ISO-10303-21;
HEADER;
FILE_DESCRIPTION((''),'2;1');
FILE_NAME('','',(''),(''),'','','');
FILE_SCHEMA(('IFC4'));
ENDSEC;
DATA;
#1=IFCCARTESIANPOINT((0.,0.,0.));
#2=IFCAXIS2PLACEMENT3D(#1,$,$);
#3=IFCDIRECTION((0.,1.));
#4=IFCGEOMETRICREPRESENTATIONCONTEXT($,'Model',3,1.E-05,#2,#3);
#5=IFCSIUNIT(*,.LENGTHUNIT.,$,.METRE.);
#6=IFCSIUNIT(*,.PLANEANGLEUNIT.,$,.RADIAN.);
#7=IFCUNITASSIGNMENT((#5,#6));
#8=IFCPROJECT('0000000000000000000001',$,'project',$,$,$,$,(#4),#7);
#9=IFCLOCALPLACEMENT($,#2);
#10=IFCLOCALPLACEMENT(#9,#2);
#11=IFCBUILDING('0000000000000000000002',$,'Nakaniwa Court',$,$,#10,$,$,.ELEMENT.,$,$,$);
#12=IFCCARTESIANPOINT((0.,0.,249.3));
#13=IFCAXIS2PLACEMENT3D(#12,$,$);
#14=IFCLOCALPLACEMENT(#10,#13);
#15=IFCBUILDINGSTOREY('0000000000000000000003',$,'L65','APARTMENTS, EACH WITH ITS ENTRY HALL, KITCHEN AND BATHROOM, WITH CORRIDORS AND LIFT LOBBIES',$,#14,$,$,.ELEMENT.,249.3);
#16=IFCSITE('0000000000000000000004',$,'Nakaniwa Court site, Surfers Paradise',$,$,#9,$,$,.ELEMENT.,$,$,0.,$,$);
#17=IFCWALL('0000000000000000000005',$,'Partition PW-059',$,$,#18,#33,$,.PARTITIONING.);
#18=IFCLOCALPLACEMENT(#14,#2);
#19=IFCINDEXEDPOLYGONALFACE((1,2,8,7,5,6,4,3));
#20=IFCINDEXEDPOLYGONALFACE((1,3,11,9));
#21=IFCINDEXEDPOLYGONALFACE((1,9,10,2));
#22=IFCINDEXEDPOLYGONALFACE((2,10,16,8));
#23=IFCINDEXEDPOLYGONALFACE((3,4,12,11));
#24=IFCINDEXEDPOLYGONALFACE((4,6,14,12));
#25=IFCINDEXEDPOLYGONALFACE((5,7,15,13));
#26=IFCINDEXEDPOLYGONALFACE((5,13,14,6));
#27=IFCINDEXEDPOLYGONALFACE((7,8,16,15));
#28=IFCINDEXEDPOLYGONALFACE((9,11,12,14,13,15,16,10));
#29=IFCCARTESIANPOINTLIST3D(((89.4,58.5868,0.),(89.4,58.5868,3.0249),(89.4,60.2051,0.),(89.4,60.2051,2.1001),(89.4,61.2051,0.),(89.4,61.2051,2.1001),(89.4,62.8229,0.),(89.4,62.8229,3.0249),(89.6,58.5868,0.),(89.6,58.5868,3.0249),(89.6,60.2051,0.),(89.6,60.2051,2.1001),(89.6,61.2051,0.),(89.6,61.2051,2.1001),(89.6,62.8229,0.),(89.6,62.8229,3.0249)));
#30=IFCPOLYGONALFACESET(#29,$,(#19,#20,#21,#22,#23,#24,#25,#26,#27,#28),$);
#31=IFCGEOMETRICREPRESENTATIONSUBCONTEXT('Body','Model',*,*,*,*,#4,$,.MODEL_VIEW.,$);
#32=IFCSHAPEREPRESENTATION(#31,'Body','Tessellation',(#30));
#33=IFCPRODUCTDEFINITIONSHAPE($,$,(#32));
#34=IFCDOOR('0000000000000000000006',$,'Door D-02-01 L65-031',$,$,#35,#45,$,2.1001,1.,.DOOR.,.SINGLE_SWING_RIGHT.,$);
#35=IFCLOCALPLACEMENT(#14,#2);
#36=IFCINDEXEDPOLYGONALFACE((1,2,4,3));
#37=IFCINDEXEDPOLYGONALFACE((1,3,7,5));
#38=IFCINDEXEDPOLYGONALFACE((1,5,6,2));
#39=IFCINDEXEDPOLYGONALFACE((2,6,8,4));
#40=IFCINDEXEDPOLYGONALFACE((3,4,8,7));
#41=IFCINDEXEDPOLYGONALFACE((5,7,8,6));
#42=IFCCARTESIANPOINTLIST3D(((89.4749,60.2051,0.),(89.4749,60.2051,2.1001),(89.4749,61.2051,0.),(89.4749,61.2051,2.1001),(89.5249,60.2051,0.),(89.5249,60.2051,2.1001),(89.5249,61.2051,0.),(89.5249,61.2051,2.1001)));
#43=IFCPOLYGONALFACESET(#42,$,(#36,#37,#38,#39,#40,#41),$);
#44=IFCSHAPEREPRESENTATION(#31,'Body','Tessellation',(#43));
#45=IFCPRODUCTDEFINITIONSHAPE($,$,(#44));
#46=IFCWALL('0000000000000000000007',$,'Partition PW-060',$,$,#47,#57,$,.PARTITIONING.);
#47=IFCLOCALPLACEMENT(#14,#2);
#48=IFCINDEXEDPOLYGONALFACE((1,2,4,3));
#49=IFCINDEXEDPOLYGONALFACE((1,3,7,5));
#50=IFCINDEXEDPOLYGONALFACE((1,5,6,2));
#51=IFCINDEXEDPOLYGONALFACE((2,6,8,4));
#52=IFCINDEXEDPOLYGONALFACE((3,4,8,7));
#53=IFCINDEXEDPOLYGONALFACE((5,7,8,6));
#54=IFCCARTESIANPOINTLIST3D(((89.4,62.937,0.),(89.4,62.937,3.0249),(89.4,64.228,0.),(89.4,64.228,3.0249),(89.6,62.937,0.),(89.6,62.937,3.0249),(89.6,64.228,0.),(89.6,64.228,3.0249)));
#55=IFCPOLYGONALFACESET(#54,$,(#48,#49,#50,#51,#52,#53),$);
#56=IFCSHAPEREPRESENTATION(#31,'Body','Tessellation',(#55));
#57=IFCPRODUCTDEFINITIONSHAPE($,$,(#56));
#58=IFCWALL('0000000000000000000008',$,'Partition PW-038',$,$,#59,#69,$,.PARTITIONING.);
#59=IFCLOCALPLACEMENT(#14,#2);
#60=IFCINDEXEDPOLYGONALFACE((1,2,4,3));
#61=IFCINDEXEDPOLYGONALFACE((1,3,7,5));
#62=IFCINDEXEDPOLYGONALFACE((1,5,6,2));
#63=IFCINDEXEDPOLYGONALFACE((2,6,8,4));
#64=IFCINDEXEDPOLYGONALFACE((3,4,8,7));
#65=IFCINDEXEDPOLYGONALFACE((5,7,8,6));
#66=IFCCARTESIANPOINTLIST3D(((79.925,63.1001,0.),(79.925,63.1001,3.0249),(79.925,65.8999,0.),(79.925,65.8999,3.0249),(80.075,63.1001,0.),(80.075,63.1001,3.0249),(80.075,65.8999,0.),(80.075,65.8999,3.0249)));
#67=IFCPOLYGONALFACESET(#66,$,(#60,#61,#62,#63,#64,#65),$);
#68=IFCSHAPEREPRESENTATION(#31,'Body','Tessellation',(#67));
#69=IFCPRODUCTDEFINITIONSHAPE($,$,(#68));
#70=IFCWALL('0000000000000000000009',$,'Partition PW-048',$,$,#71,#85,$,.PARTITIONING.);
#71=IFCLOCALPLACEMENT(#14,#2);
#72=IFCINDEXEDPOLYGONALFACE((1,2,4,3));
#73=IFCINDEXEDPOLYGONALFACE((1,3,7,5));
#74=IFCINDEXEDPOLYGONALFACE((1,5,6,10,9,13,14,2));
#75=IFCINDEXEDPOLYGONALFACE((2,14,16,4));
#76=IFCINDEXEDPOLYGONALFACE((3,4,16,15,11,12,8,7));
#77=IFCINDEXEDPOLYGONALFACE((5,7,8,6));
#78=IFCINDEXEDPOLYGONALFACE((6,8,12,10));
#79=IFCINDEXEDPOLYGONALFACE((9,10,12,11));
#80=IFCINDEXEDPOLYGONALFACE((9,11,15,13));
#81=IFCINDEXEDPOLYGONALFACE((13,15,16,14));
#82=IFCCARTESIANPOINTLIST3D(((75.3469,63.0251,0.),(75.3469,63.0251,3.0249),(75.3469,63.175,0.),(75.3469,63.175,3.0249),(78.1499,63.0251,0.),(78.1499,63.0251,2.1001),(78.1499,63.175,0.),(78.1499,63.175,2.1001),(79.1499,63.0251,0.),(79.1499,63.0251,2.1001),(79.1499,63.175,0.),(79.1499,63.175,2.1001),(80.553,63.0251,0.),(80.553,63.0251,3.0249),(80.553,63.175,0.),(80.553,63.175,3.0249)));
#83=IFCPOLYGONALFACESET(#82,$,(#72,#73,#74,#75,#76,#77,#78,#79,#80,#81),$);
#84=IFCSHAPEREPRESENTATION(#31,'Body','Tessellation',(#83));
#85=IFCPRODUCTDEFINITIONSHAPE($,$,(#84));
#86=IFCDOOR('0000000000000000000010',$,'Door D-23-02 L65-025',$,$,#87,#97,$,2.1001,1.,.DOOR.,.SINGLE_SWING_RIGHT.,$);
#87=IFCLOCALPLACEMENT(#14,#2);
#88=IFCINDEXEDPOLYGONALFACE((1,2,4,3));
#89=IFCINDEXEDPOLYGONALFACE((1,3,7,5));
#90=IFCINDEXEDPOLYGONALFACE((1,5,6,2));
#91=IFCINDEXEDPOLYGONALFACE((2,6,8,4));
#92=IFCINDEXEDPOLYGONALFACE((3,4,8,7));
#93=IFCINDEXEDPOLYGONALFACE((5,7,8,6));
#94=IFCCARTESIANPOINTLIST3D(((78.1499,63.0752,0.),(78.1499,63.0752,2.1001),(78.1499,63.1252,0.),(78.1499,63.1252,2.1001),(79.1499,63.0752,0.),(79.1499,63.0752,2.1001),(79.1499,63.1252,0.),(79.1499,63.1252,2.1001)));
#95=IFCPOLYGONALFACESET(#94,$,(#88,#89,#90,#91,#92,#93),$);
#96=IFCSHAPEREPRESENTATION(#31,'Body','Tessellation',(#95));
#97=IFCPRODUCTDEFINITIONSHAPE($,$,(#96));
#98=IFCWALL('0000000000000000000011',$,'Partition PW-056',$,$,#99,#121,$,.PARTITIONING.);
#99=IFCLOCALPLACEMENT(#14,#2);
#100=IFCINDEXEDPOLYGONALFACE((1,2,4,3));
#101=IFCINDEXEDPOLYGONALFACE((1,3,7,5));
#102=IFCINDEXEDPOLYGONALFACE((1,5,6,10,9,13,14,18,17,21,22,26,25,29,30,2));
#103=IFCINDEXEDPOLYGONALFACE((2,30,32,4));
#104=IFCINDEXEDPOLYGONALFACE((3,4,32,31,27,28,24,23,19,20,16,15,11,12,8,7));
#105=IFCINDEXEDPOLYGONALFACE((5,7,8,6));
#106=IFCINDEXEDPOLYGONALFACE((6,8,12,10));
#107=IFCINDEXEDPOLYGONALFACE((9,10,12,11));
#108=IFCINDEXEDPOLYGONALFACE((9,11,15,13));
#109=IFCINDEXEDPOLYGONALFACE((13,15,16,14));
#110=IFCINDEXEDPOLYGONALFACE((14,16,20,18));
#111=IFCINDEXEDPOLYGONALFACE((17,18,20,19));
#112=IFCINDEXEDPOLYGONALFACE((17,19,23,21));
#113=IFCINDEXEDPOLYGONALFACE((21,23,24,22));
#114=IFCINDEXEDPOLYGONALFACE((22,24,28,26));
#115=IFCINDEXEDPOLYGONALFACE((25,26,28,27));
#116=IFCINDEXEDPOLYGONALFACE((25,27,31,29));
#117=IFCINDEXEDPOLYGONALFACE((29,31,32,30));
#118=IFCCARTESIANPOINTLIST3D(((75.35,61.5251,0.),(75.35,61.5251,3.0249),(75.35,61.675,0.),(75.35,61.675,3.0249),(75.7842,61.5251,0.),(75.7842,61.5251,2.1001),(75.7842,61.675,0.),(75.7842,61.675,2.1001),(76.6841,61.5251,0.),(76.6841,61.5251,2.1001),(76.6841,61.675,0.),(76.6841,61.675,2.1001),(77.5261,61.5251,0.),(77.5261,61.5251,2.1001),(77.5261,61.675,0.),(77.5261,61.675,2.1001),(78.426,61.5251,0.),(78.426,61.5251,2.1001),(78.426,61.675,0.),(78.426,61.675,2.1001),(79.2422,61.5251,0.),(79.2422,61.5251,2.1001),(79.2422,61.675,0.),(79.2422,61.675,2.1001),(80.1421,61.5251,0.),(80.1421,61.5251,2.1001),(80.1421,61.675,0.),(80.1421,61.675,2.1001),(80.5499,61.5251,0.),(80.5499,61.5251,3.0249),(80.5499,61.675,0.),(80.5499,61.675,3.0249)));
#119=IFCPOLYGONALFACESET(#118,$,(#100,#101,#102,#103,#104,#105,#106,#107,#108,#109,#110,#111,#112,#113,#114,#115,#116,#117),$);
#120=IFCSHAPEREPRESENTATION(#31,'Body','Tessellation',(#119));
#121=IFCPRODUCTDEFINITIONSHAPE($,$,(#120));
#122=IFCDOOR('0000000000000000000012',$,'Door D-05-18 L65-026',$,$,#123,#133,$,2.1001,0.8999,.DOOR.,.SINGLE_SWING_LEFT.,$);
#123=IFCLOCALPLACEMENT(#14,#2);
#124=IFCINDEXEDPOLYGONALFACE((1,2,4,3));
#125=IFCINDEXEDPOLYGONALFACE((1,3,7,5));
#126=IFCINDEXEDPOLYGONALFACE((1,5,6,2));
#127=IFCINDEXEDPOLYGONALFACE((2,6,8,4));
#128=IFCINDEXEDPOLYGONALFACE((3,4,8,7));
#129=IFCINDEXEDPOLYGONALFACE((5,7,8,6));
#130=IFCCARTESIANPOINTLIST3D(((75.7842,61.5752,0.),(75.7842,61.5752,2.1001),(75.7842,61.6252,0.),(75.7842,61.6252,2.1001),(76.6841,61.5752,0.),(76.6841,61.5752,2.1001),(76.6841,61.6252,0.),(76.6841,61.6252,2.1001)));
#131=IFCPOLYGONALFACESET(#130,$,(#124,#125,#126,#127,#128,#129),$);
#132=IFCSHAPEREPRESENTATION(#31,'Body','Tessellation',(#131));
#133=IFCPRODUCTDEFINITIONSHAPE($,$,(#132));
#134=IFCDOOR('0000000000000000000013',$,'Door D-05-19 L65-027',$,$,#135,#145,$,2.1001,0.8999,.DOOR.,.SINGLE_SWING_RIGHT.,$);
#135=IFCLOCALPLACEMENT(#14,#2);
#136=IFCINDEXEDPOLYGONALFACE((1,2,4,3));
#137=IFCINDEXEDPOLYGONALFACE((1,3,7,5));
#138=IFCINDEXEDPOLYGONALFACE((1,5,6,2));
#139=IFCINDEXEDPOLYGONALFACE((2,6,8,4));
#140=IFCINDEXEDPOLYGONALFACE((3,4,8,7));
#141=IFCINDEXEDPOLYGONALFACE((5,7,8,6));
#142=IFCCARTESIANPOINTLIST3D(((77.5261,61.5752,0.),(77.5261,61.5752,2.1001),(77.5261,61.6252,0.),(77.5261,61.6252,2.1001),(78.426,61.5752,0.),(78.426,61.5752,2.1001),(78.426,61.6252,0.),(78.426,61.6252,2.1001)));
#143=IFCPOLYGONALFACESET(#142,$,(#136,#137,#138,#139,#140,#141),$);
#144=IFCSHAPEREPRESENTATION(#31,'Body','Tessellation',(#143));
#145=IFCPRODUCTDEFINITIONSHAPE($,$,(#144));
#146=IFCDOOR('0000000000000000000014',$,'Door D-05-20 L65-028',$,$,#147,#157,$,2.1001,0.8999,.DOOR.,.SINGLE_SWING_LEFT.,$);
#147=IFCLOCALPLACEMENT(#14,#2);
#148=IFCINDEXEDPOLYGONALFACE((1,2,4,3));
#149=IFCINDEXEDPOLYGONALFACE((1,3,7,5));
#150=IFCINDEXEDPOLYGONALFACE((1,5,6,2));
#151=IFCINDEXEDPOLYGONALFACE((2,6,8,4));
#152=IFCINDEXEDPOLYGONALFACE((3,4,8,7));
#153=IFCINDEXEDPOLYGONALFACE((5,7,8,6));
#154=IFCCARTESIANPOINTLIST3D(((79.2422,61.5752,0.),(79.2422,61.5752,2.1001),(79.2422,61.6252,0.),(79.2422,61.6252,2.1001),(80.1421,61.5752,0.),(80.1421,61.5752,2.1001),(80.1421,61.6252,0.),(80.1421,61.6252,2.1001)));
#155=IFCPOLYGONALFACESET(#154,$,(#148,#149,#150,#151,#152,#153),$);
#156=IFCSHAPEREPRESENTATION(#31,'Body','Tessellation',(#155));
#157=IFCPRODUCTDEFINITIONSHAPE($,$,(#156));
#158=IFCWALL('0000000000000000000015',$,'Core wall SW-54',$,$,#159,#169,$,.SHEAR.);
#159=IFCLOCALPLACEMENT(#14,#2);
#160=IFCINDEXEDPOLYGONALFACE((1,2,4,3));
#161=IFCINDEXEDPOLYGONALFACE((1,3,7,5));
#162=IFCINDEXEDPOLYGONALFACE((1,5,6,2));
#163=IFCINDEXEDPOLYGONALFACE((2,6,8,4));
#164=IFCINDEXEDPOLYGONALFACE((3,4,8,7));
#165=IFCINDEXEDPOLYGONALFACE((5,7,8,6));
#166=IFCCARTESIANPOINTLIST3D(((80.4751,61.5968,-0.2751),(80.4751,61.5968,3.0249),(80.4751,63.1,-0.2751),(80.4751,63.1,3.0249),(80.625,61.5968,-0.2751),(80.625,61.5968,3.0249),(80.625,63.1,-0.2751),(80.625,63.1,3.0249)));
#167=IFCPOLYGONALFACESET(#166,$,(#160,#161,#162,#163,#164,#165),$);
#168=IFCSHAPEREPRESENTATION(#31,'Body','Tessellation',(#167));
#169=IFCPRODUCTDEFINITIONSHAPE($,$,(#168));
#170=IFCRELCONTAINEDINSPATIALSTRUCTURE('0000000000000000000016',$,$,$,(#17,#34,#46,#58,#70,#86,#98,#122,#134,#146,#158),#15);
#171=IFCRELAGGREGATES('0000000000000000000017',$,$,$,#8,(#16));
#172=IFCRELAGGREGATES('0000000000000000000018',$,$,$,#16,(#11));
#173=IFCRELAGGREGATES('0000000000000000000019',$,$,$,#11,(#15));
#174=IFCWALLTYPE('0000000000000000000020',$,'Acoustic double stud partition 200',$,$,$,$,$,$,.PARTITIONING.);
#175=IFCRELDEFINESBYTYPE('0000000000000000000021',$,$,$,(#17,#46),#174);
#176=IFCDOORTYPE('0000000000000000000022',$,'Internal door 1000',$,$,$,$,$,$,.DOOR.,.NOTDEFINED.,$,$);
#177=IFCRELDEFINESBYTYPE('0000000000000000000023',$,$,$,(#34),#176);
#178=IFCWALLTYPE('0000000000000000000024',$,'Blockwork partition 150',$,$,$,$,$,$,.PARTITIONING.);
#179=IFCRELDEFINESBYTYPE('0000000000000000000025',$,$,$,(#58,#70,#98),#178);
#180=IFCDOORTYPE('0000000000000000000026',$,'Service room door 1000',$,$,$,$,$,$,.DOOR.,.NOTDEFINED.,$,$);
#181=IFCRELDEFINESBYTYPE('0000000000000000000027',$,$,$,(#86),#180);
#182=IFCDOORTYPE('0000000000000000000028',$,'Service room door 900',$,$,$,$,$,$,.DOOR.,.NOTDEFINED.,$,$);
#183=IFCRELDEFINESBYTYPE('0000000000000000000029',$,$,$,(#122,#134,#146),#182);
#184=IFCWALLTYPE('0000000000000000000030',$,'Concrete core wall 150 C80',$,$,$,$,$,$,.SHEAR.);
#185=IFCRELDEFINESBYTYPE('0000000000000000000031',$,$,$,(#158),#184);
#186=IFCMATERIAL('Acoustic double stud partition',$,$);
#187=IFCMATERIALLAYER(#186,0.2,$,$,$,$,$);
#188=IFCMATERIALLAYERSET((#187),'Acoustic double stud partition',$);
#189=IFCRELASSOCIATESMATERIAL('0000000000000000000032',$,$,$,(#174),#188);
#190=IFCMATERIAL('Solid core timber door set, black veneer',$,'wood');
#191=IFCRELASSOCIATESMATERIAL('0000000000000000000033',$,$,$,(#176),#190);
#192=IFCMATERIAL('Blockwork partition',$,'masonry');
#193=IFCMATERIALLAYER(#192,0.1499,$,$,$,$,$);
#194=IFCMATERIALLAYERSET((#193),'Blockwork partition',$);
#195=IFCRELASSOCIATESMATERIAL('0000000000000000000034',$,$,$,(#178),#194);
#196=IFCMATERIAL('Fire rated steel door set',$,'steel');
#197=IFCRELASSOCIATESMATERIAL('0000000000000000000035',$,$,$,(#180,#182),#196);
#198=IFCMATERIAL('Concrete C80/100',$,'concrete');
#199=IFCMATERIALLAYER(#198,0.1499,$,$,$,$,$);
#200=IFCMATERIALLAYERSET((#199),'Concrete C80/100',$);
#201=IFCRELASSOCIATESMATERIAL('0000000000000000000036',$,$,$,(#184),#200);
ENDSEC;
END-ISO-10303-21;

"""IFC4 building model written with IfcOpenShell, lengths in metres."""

from ifc_helpers import new_model, si_unit, direction, frame, frame_2d, origin, place, context, subcontext, project, spatial, rectangle, extrude, material, layer, layer_set, type_object, element, fill, save


model = new_model("IFC4")

# Units and contexts
model_context = context("Model", 3, precision=1e-05, world=origin(), true_north=direction((0.0, 1.0)))
body_context = subcontext(model_context, "Body", "Model", "MODEL_VIEW")
ifc_project = project(units=[si_unit("LENGTHUNIT", "METRE"), si_unit("PLANEANGLEUNIT", "RADIAN")], contexts=[model_context])

# Site, building, storey
site_placement = place(None, origin())
site = spatial("IfcSite", under=ifc_project, at=site_placement, Name="Nakaniwa Court site, Surfers Paradise", CompositionType="ELEMENT", RefElevation=0.0)
building_placement = place(site_placement, origin())
building = spatial("IfcBuilding", under=site, at=building_placement, Name="Nakaniwa Court", CompositionType="ELEMENT")
storey_placement = place(building_placement, frame((0.0, 0.0, 249.3)))
storey = spatial("IfcBuildingStorey", under=building, at=storey_placement, Name="L65", Description="APARTMENTS, EACH WITH ITS ENTRY HALL, KITCHEN AND BATHROOM, WITH CORRIDORS AND LIFT LOBBIES", CompositionType="ELEMENT", Elevation=249.3)

# Wall, opening, door
ifc_material_1 = material(Name="Acoustic double stud partition")
ifc_layer_1 = layer(ifc_material_1, 0.2)
ifc_layer_set_1 = layer_set([ifc_layer_1], Name="Acoustic double stud partition")
wall_type_1 = type_object("IfcWallType", Name="Acoustic double stud partition 200", PredefinedType="PARTITIONING", material=ifc_layer_set_1)
wall_1_placement = place(storey_placement, frame((89.5, 62.823, 0.0), z_axis=(0.0, 0.0, 1.0), x_axis=(0.0, -1.0, 0.0)))
wall_1 = element("IfcWall", 1, at=wall_1_placement, inside=storey, type_object=wall_type_1, Name="Partition PW-059", PredefinedType="PARTITIONING", context=body_context, shape_type="SweptSolid", body=[
    extrude(rectangle(XDim=4.2361, YDim=0.2, at=frame_2d((2.1182, 0.0))), origin(), (0.0, 0.0, 1.0), 3.0249),
])
opening_1_placement = place(wall_1_placement, frame((1.6179, 0.0, 0.0)))
opening_1 = element("IfcOpeningElement", 2, at=opening_1_placement, cuts=wall_1, PredefinedType="OPENING", context=body_context, shape_type="SweptSolid", body=[
    extrude(rectangle(XDim=1.0, YDim=2.1001, at=frame_2d((0.5, 1.05))), frame((0.0, 0.1099, 0.0), z_axis=(0.0, -1.0, 0.0), x_axis=(1.0, 0.0, 0.0)), (0.0, 0.0, 1.0), 0.22),
])
ifc_material_2 = material(Name="Solid core timber door set, black veneer", Category="wood")
door_type_1 = type_object("IfcDoorType", Name="Internal door 1000", OperationType="NOTDEFINED", PredefinedType="DOOR", material=ifc_material_2)
door_1_placement = place(opening_1_placement, origin())
door_1 = element("IfcDoor", 3, at=door_1_placement, inside=storey, type_object=door_type_1, Name="Door D-02-01 L65-031", OperationType="SINGLE_SWING_RIGHT", OverallHeight=2.1001, OverallWidth=1.0, PredefinedType="DOOR", context=body_context, shape_type="SweptSolid", body=[
    extrude(rectangle(XDim=1.0, YDim=2.1001, at=frame_2d((0.5, 1.05))), frame((0.0, 0.0249, 0.0), z_axis=(0.0, -1.0, 0.0), x_axis=(1.0, 0.0, 0.0)), (0.0, 0.0, 1.0), 0.05),
])
fill(opening_1, door_1)

# Walls
wall_2_placement = place(storey_placement, frame((89.5, 62.937, 0.0), z_axis=(0.0, 0.0, 1.0), x_axis=(0.0, 1.0, 0.0)))
element("IfcWall", 4, at=wall_2_placement, inside=storey, type_object=wall_type_1, Name="Partition PW-060", PredefinedType="PARTITIONING", context=body_context, shape_type="SweptSolid", body=[
    extrude(rectangle(XDim=1.291, YDim=0.2, at=frame_2d((0.6455, 0.0))), origin(), (0.0, 0.0, 1.0), 3.0249),
])
ifc_material_3 = material(Name="Blockwork partition", Category="masonry")
ifc_layer_2 = layer(ifc_material_3, 0.1499)
ifc_layer_set_2 = layer_set([ifc_layer_2], Name="Blockwork partition")
wall_type_2 = type_object("IfcWallType", Name="Blockwork partition 150", PredefinedType="PARTITIONING", material=ifc_layer_set_2)
wall_3_placement = place(storey_placement, frame((80.0, 63.1001, 0.0), z_axis=(0.0, 0.0, 1.0), x_axis=(0.0, 1.0, 0.0)))
element("IfcWall", 5, at=wall_3_placement, inside=storey, type_object=wall_type_2, Name="Partition PW-038", PredefinedType="PARTITIONING", context=body_context, shape_type="SweptSolid", body=[
    extrude(rectangle(XDim=2.7998, YDim=0.1499, at=frame_2d((1.3999, 0.0))), origin(), (0.0, 0.0, 1.0), 3.0249),
])

# Wall, opening, door
wall_4_placement = place(storey_placement, frame((80.553, 63.1001, 0.0), z_axis=(0.0, 0.0, 1.0), x_axis=(-1.0, 0.0, 0.0)))
wall_4 = element("IfcWall", 6, at=wall_4_placement, inside=storey, type_object=wall_type_2, Name="Partition PW-048", PredefinedType="PARTITIONING", context=body_context, shape_type="SweptSolid", body=[
    extrude(rectangle(XDim=5.2061, YDim=0.1499, at=frame_2d((2.603, 0.0))), origin(), (0.0, 0.0, 1.0), 3.0249),
])
opening_2_placement = place(wall_4_placement, frame((1.4031, 0.0, 0.0)))
opening_2 = element("IfcOpeningElement", 7, at=opening_2_placement, cuts=wall_4, PredefinedType="OPENING", context=body_context, shape_type="SweptSolid", body=[
    extrude(rectangle(XDim=1.0, YDim=2.1001, at=frame_2d((0.5, 1.05))), frame((0.0, 0.085, 0.0), z_axis=(0.0, -1.0, 0.0), x_axis=(1.0, 0.0, 0.0)), (0.0, 0.0, 1.0), 0.1699),
])
ifc_material_4 = material(Name="Fire rated steel door set", Category="steel")
door_type_2 = type_object("IfcDoorType", Name="Service room door 1000", OperationType="NOTDEFINED", PredefinedType="DOOR", material=ifc_material_4)
door_2_placement = place(opening_2_placement, origin())
door_2 = element("IfcDoor", 8, at=door_2_placement, inside=storey, type_object=door_type_2, Name="Door D-23-02 L65-025", OperationType="SINGLE_SWING_RIGHT", OverallHeight=2.1001, OverallWidth=1.0, PredefinedType="DOOR", context=body_context, shape_type="SweptSolid", body=[
    extrude(rectangle(XDim=1.0, YDim=2.1001, at=frame_2d((0.5, 1.05))), frame((0.0, 0.0249, 0.0), z_axis=(0.0, -1.0, 0.0), x_axis=(1.0, 0.0, 0.0)), (0.0, 0.0, 1.0), 0.05),
])
fill(opening_2, door_2)

# Wall, openings, doors
wall_5_placement = place(storey_placement, frame((80.55, 61.6001, 0.0), z_axis=(0.0, 0.0, 1.0), x_axis=(-1.0, 0.0, 0.0)))
wall_5 = element("IfcWall", 9, at=wall_5_placement, inside=storey, type_object=wall_type_2, Name="Partition PW-056", PredefinedType="PARTITIONING", context=body_context, shape_type="SweptSolid", body=[
    extrude(rectangle(XDim=5.2, YDim=0.1499, at=frame_2d((2.6001, 0.0))), origin(), (0.0, 0.0, 1.0), 3.0249),
])
opening_3_placement = place(wall_5_placement, frame((3.866, 0.0, 0.0)))
opening_3 = element("IfcOpeningElement", 10, at=opening_3_placement, cuts=wall_5, PredefinedType="OPENING", context=body_context, shape_type="SweptSolid", body=[
    extrude(rectangle(XDim=0.8999, YDim=2.1001, at=frame_2d((0.45, 1.05))), frame((0.0, 0.085, 0.0), z_axis=(0.0, -1.0, 0.0), x_axis=(1.0, 0.0, 0.0)), (0.0, 0.0, 1.0), 0.1699),
])
opening_4_placement = place(wall_5_placement, frame((2.124, 0.0, 0.0)))
opening_4 = element("IfcOpeningElement", 11, at=opening_4_placement, cuts=wall_5, PredefinedType="OPENING", context=body_context, shape_type="SweptSolid", body=[
    extrude(rectangle(XDim=0.8999, YDim=2.1001, at=frame_2d((0.45, 1.05))), frame((0.0, 0.085, 0.0), z_axis=(0.0, -1.0, 0.0), x_axis=(1.0, 0.0, 0.0)), (0.0, 0.0, 1.0), 0.1699),
])
opening_5_placement = place(wall_5_placement, frame((0.408, 0.0, 0.0)))
opening_5 = element("IfcOpeningElement", 12, at=opening_5_placement, cuts=wall_5, PredefinedType="OPENING", context=body_context, shape_type="SweptSolid", body=[
    extrude(rectangle(XDim=0.8999, YDim=2.1001, at=frame_2d((0.45, 1.05))), frame((0.0, 0.085, 0.0), z_axis=(0.0, -1.0, 0.0), x_axis=(1.0, 0.0, 0.0)), (0.0, 0.0, 1.0), 0.1699),
])
door_type_3 = type_object("IfcDoorType", Name="Service room door 900", OperationType="NOTDEFINED", PredefinedType="DOOR", material=ifc_material_4)
door_3_placement = place(opening_3_placement, origin())
door_3 = element("IfcDoor", 13, at=door_3_placement, inside=storey, type_object=door_type_3, Name="Door D-05-18 L65-026", OperationType="SINGLE_SWING_LEFT", OverallHeight=2.1001, OverallWidth=0.8999, PredefinedType="DOOR", context=body_context, shape_type="SweptSolid", body=[
    extrude(rectangle(XDim=0.8999, YDim=2.1001, at=frame_2d((0.45, 1.05))), frame((0.0, 0.0249, 0.0), z_axis=(0.0, -1.0, 0.0), x_axis=(1.0, 0.0, 0.0)), (0.0, 0.0, 1.0), 0.05),
])
fill(opening_3, door_3)
door_4_placement = place(opening_4_placement, origin())
door_4 = element("IfcDoor", 14, at=door_4_placement, inside=storey, type_object=door_type_3, Name="Door D-05-19 L65-027", OperationType="SINGLE_SWING_RIGHT", OverallHeight=2.1001, OverallWidth=0.8999, PredefinedType="DOOR", context=body_context, shape_type="SweptSolid", body=[
    extrude(rectangle(XDim=0.8999, YDim=2.1001, at=frame_2d((0.45, 1.05))), frame((0.0, 0.0249, 0.0), z_axis=(0.0, -1.0, 0.0), x_axis=(1.0, 0.0, 0.0)), (0.0, 0.0, 1.0), 0.05),
])
fill(opening_4, door_4)
door_5_placement = place(opening_5_placement, origin())
door_5 = element("IfcDoor", 15, at=door_5_placement, inside=storey, type_object=door_type_3, Name="Door D-05-20 L65-028", OperationType="SINGLE_SWING_LEFT", OverallHeight=2.1001, OverallWidth=0.8999, PredefinedType="DOOR", context=body_context, shape_type="SweptSolid", body=[
    extrude(rectangle(XDim=0.8999, YDim=2.1001, at=frame_2d((0.45, 1.05))), frame((0.0, 0.0249, 0.0), z_axis=(0.0, -1.0, 0.0), x_axis=(1.0, 0.0, 0.0)), (0.0, 0.0, 1.0), 0.05),
])
fill(opening_5, door_5)

# Wall
ifc_material_5 = material(Name="Concrete C80/100", Category="concrete")
ifc_layer_3 = layer(ifc_material_5, 0.1499)
ifc_layer_set_3 = layer_set([ifc_layer_3], Name="Concrete C80/100")
wall_type_3 = type_object("IfcWallType", Name="Concrete core wall 150 C80", PredefinedType="SHEAR", material=ifc_layer_set_3)
wall_6_placement = place(storey_placement, frame((80.55, 61.5969, -0.2751), z_axis=(0.0, 0.0, 1.0), x_axis=(0.0, 1.0, 0.0)))
element("IfcWall", 16, at=wall_6_placement, inside=storey, type_object=wall_type_3, Name="Core wall SW-54", PredefinedType="SHEAR", context=body_context, shape_type="SweptSolid", body=[
    extrude(rectangle(XDim=1.5032, YDim=0.1499, at=frame_2d((0.7515, 0.0))), origin(), (0.0, 0.0, 1.0), 3.3),
])

save(model, "model.ifc")
